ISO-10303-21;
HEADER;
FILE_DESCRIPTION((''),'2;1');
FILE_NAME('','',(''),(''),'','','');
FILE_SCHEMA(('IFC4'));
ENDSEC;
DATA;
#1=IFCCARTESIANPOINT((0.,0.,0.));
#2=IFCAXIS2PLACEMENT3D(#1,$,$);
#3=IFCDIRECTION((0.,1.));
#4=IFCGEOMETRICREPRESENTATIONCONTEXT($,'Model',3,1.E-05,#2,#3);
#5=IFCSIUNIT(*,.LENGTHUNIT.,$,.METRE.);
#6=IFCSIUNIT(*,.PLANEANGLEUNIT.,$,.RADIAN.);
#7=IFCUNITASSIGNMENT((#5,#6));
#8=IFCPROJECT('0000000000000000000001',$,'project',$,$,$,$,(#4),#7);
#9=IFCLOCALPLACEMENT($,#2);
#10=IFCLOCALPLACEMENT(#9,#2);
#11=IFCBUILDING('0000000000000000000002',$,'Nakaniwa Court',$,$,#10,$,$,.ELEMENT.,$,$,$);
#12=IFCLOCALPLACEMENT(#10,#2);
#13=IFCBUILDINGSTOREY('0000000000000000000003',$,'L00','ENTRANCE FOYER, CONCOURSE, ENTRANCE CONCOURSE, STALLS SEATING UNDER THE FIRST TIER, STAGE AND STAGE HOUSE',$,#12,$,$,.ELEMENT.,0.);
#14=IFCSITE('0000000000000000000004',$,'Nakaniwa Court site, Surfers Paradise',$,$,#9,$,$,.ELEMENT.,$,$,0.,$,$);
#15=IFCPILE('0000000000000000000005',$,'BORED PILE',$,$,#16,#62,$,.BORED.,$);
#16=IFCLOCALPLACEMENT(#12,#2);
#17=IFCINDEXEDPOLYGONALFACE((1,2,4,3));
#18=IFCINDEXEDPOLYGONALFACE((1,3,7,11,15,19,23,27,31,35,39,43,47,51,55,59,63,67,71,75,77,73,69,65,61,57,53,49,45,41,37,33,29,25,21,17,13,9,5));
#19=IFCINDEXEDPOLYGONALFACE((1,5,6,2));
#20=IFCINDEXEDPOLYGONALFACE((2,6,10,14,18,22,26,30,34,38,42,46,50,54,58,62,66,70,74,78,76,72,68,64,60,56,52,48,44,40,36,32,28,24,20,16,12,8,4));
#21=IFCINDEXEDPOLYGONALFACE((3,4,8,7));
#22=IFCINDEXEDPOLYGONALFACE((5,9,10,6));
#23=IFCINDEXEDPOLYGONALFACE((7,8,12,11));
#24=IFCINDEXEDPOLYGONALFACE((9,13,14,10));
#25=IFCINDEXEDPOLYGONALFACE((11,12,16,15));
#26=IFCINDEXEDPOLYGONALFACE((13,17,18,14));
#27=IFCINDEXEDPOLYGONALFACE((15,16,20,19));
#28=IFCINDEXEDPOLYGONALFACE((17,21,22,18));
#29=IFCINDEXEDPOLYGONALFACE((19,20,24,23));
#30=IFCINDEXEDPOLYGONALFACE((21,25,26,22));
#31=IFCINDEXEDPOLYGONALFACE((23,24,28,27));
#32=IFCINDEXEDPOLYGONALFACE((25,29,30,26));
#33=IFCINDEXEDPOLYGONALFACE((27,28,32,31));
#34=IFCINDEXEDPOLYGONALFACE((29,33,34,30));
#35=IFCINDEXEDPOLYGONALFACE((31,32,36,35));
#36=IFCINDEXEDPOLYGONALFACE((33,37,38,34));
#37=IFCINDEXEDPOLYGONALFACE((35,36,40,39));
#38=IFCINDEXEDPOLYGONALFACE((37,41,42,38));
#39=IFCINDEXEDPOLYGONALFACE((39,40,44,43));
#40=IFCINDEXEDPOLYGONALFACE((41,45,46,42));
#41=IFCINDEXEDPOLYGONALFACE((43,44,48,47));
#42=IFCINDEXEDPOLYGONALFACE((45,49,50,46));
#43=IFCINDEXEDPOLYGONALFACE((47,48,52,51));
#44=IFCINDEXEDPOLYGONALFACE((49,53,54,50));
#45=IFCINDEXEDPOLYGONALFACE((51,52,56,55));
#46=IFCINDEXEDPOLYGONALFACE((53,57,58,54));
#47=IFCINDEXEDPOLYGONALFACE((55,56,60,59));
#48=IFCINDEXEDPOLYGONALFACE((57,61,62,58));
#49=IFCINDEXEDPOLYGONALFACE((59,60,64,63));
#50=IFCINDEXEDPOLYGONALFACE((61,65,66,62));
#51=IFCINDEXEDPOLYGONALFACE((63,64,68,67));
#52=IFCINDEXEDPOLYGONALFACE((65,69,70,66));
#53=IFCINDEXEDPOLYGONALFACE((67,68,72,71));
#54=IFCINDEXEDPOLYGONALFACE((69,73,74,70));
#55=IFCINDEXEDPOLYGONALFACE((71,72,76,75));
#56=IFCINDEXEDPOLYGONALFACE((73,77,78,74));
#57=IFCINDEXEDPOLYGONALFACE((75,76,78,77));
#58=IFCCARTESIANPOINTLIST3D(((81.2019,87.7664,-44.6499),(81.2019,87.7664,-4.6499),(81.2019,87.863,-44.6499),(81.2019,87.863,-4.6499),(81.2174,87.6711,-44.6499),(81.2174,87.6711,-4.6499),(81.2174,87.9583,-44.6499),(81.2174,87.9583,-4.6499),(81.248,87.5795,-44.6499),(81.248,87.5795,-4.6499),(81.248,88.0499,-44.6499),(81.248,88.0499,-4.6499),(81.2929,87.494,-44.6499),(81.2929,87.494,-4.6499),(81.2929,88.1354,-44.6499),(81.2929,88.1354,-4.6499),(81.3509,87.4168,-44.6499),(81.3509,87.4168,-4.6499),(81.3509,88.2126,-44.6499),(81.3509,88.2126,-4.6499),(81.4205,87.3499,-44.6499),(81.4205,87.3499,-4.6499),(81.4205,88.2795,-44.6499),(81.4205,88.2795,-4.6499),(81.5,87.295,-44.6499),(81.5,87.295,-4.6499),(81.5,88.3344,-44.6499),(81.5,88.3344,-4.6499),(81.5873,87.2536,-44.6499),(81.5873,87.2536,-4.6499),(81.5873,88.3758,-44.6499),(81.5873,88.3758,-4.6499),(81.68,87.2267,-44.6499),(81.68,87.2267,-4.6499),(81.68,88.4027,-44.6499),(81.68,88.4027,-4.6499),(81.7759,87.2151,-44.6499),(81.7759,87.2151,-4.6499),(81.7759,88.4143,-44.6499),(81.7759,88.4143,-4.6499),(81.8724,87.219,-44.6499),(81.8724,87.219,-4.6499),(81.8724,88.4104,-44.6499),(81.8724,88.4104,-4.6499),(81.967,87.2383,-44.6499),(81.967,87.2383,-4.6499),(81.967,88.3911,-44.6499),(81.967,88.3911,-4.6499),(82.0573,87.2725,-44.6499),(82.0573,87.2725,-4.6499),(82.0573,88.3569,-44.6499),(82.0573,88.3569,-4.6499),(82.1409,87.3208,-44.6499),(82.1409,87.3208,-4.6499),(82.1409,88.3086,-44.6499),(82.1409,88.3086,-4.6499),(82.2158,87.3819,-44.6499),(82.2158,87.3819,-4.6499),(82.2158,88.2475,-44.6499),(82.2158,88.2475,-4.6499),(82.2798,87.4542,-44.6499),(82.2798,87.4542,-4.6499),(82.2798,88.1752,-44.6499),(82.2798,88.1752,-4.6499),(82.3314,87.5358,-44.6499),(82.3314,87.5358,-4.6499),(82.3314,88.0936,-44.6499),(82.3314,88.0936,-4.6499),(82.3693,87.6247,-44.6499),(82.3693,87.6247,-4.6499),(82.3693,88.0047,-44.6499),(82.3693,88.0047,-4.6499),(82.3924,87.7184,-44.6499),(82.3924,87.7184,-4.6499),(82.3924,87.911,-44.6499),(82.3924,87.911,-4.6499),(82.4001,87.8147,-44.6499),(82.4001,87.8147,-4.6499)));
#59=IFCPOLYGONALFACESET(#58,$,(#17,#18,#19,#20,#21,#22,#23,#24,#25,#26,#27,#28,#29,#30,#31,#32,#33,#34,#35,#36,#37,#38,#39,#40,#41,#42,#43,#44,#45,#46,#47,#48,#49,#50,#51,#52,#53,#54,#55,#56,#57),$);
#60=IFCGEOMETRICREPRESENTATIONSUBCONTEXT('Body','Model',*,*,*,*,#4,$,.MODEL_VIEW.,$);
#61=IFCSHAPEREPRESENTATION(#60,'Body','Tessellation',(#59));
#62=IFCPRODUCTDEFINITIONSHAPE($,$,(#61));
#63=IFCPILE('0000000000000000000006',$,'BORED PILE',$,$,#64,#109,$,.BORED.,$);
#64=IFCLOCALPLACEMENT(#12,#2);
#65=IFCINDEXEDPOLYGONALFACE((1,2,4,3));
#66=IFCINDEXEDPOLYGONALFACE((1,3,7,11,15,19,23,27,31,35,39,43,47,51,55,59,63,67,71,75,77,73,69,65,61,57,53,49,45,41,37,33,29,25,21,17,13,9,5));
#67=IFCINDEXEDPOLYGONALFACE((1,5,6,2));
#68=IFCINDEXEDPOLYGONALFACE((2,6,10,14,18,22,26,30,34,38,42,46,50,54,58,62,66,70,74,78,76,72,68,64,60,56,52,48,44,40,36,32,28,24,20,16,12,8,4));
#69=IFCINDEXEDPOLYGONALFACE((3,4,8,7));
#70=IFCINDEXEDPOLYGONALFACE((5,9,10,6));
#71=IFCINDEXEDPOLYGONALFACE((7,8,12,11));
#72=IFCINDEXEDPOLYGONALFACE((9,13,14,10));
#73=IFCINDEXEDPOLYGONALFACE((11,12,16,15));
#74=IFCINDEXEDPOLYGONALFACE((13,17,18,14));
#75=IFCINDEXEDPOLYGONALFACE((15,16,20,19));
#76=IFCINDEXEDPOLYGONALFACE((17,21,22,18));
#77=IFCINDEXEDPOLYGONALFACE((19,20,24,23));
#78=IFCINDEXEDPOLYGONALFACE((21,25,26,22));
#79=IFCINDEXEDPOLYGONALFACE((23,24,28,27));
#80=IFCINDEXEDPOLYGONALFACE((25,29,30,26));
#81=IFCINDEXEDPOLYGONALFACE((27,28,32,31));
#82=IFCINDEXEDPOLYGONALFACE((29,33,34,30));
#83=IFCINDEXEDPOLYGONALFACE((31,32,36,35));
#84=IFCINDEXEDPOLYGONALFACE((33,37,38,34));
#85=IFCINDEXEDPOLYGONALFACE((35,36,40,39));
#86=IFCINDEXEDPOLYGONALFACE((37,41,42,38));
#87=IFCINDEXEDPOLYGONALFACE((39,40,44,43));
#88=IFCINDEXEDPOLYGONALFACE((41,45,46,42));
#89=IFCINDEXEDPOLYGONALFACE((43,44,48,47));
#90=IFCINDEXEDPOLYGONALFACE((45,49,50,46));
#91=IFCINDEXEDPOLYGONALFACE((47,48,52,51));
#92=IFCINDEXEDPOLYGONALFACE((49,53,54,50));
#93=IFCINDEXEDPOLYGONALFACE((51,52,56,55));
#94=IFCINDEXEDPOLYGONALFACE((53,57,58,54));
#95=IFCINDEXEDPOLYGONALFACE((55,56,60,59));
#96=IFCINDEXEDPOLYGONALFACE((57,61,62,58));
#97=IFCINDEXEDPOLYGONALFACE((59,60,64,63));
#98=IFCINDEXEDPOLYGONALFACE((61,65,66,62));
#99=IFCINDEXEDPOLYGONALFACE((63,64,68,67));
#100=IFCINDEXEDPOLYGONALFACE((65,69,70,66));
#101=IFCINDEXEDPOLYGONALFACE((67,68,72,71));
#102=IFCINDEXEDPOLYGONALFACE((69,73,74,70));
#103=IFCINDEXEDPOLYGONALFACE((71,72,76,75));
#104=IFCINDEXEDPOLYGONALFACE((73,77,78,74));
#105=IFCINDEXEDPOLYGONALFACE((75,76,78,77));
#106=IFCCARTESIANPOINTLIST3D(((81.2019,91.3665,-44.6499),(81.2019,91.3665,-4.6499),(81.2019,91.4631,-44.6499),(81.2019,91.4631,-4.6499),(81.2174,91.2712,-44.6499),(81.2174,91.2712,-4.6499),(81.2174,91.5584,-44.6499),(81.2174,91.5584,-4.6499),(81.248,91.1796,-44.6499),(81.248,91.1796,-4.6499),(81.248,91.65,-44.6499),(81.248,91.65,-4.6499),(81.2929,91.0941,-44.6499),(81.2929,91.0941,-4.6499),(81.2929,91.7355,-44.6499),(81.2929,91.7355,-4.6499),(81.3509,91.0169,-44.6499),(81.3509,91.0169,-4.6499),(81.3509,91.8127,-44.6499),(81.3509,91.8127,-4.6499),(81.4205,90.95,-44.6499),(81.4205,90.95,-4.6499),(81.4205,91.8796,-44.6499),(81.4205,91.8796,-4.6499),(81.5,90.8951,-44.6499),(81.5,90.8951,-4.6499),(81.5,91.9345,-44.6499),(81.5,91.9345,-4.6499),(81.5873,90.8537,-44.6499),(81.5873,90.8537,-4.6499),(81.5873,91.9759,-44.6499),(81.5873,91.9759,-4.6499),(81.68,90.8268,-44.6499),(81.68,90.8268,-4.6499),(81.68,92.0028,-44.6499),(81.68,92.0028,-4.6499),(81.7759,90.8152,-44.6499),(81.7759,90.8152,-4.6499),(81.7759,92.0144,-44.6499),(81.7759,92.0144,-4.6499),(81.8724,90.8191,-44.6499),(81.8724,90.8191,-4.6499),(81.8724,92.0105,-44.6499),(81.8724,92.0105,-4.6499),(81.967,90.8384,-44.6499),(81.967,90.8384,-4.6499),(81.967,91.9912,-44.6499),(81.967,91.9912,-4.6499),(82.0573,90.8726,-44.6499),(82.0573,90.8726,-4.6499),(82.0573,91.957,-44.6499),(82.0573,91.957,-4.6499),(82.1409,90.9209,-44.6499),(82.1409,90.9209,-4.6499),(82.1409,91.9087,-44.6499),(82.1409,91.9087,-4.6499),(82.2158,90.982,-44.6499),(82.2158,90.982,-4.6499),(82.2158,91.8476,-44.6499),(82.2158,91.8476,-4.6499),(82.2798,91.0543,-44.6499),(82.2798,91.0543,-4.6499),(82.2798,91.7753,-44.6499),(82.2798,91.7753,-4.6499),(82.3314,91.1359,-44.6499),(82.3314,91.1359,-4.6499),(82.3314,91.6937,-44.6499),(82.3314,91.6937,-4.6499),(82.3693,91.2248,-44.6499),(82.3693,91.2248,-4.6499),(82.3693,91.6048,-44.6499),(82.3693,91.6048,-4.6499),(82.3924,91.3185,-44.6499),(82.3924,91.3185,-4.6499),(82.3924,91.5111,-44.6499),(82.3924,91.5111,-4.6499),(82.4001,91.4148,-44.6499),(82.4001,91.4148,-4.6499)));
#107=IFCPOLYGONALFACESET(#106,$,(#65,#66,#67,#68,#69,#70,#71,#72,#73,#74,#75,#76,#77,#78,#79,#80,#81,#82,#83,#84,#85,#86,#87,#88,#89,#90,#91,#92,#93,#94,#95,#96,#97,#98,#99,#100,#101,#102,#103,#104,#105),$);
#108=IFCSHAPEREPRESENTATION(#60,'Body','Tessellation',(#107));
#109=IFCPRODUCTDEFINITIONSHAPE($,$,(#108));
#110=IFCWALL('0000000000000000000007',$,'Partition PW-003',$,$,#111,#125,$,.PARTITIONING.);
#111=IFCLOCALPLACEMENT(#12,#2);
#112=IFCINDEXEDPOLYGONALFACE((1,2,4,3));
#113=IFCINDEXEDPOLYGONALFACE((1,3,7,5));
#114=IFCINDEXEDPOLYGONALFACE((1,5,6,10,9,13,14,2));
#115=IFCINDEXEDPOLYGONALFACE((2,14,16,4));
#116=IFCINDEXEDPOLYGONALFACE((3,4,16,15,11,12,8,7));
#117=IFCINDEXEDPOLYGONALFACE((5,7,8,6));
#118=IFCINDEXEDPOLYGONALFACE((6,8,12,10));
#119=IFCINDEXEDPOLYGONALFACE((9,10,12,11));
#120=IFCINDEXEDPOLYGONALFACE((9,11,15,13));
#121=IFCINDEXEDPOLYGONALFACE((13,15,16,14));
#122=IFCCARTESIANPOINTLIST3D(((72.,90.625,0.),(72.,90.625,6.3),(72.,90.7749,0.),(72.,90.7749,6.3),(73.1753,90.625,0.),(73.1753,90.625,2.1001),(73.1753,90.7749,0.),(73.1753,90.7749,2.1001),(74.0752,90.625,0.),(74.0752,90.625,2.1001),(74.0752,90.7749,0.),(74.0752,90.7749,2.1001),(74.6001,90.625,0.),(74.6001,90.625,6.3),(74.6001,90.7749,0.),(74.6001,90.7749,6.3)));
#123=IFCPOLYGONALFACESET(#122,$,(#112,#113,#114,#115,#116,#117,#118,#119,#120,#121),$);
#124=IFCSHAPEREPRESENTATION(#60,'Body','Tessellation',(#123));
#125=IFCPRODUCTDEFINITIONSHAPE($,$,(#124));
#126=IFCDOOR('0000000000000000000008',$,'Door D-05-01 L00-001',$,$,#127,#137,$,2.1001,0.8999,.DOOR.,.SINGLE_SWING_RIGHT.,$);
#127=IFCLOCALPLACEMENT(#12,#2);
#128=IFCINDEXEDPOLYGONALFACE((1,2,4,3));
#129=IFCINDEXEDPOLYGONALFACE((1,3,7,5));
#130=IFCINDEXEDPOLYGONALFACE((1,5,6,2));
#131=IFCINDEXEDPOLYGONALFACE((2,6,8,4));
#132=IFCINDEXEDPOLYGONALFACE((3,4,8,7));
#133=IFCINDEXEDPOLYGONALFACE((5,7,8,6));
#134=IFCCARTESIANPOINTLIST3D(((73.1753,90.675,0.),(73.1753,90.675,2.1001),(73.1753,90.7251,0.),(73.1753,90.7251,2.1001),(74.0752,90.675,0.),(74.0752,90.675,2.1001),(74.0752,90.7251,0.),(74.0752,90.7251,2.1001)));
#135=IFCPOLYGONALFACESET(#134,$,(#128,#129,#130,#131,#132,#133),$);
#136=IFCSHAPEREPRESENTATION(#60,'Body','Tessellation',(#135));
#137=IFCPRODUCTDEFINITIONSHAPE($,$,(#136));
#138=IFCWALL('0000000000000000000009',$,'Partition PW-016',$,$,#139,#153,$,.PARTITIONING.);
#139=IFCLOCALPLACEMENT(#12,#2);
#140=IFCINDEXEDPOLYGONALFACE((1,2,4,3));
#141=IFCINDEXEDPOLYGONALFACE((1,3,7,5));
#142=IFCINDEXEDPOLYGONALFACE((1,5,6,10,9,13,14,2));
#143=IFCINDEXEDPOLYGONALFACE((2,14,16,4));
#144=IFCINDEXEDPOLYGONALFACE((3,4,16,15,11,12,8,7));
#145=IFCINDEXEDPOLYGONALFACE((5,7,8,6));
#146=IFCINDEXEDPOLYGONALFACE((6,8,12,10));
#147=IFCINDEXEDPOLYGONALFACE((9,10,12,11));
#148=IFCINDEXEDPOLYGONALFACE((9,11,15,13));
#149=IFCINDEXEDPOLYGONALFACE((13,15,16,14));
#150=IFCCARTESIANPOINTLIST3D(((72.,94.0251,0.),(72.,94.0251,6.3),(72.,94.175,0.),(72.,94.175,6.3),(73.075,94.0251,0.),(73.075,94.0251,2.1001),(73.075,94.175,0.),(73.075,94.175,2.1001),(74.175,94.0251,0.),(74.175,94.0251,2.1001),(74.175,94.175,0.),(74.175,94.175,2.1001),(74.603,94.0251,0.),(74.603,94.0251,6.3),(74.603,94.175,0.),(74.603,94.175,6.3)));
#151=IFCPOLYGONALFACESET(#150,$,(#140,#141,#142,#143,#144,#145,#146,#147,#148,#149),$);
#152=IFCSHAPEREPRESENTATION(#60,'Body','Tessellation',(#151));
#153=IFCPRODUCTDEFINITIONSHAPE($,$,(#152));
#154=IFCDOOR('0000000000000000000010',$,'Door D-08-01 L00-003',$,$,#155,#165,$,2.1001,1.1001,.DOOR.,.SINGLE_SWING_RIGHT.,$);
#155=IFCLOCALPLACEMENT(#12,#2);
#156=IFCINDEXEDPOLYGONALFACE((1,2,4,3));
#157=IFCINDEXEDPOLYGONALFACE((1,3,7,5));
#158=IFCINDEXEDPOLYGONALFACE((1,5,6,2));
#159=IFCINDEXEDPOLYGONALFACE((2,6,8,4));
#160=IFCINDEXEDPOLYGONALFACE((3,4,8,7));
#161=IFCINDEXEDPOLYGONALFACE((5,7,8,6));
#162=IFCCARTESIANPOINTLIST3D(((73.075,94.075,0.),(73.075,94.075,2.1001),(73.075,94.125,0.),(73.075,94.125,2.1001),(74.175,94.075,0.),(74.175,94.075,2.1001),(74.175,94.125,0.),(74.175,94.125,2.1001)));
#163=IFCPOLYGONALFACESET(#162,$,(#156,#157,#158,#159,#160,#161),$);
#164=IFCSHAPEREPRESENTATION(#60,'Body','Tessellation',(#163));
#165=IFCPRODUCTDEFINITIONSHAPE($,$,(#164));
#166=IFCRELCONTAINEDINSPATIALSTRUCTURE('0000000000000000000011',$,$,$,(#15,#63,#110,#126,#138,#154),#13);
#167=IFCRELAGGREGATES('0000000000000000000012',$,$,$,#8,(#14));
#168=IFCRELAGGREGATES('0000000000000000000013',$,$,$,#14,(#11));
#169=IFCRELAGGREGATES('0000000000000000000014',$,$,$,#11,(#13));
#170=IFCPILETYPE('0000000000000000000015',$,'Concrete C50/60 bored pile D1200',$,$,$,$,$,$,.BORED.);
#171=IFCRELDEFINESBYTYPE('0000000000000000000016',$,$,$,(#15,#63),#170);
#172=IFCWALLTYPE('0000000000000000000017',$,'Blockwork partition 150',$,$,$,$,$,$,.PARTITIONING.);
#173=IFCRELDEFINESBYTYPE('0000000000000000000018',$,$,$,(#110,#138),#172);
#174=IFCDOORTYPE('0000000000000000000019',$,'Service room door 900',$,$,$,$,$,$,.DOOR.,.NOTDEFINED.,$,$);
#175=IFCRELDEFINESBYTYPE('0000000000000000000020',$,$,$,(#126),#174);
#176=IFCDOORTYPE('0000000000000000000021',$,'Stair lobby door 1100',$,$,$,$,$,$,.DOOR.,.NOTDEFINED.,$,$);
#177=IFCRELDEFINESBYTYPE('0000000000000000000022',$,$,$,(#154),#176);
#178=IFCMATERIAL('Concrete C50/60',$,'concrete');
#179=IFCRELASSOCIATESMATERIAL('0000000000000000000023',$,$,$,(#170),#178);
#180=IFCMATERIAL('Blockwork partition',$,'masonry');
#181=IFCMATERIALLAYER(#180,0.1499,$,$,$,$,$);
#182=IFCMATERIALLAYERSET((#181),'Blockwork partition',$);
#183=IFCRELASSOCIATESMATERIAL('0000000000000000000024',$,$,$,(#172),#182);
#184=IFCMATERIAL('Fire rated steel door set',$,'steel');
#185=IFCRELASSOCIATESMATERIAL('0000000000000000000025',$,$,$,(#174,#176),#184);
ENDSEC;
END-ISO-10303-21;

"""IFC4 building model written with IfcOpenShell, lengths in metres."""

from ifc_helpers import new_model, si_unit, direction, frame, frame_2d, origin, origin_2d, place, context, subcontext, project, spatial, rectangle, circle, extrude, material, layer, layer_set, material_profile, profile_set, type_object, element, fill, save


model = new_model("IFC4")

# Units and contexts
model_context = context("Model", 3, precision=1e-05, world=origin(), true_north=direction((0.0, 1.0)))
body_context = subcontext(model_context, "Body", "Model", "MODEL_VIEW")
ifc_project = project(units=[si_unit("LENGTHUNIT", "METRE"), si_unit("PLANEANGLEUNIT", "RADIAN")], contexts=[model_context])

# Site, building, storey
site_placement = place(None, origin())
site = spatial("IfcSite", under=ifc_project, at=site_placement, Name="Nakaniwa Court site, Surfers Paradise", CompositionType="ELEMENT", RefElevation=0.0)
building_placement = place(site_placement, origin())
building = spatial("IfcBuilding", under=site, at=building_placement, Name="Nakaniwa Court", CompositionType="ELEMENT")
storey_placement = place(building_placement, origin())
storey = spatial("IfcBuildingStorey", under=building, at=storey_placement, Name="L00", Description="ENTRANCE FOYER, CONCOURSE, ENTRANCE CONCOURSE, STALLS SEATING UNDER THE FIRST TIER, STAGE AND STAGE HOUSE", CompositionType="ELEMENT", Elevation=0.0)

# Piles
ifc_material_1 = material(Name="Concrete C50/60", Category="concrete")
ifc_material_profile = material_profile(ifc_material_1, circle(Radius=0.6001, at=origin_2d()), Name="Concrete C50/60 bored pile D1200")
ifc_profile_set = profile_set([ifc_material_profile], Name="Concrete C50/60")
pile_type = type_object("IfcPileType", Name="Concrete C50/60 bored pile D1200", PredefinedType="BORED", material=ifc_profile_set)
for number, where, z_axis, x_axis, name in (
    (1, (81.8, 87.8147, -4.6499), (0.0, 0.0, -1.0), (1.0, 0.0, 0.0), "BORED PILE"),
    (2, (81.8, 91.4148, -4.6499), (0.0, 0.0, -1.0), (1.0, 0.0, 0.0), "BORED PILE"),
):
    element("IfcPile", number, at=place(storey_placement, frame(where, z_axis=z_axis, x_axis=x_axis)), inside=storey, type_object=pile_type, Name=name, PredefinedType="BORED", context=body_context, shape_type="SweptSolid", body=[
        extrude(circle(Radius=0.6001, at=origin_2d()), origin(), (0.0, 0.0, 1.0), 40.0),
    ])

# Walls, openings, doors
ifc_material_2 = material(Name="Blockwork partition", Category="masonry")
ifc_layer_1 = layer(ifc_material_2, 0.1499)
ifc_layer_set_1 = layer_set([ifc_layer_1], Name="Blockwork partition")
wall_type_1 = type_object("IfcWallType", Name="Blockwork partition 150", PredefinedType="PARTITIONING", material=ifc_layer_set_1)
wall_1_placement = place(storey_placement, frame((74.6001, 90.7, 0.0), z_axis=(0.0, 0.0, 1.0), x_axis=(-1.0, 0.0, 0.0)))
wall_1 = element("IfcWall", 3, at=wall_1_placement, inside=storey, type_object=wall_type_1, Name="Partition PW-003", PredefinedType="PARTITIONING", context=body_context, shape_type="SweptSolid", body=[
    extrude(rectangle(XDim=2.6001, YDim=0.1499, at=frame_2d((1.3, 0.0))), origin(), (0.0, 0.0, 1.0), 6.3),
])
opening_1_placement = place(wall_1_placement, frame((0.5249, 0.0, 0.0)))
opening_1 = element("IfcOpeningElement", 4, at=opening_1_placement, cuts=wall_1, PredefinedType="OPENING", context=body_context, shape_type="SweptSolid", body=[
    extrude(rectangle(XDim=0.8999, YDim=2.1001, at=frame_2d((0.45, 1.05))), frame((0.0, 0.085, 0.0), z_axis=(0.0, -1.0, 0.0), x_axis=(1.0, 0.0, 0.0)), (0.0, 0.0, 1.0), 0.1699),
])
ifc_material_3 = material(Name="Fire rated steel door set", Category="steel")
door_type_1 = type_object("IfcDoorType", Name="Service room door 900", OperationType="NOTDEFINED", PredefinedType="DOOR", material=ifc_material_3)
door_1_placement = place(opening_1_placement, origin())
door_1 = element("IfcDoor", 5, at=door_1_placement, inside=storey, type_object=door_type_1, Name="Door D-05-01 L00-001", OperationType="SINGLE_SWING_RIGHT", OverallHeight=2.1001, OverallWidth=0.8999, PredefinedType="DOOR", context=body_context, shape_type="SweptSolid", body=[
    extrude(rectangle(XDim=0.8999, YDim=2.1001, at=frame_2d((0.45, 1.05))), frame((0.0, 0.0249, 0.0), z_axis=(0.0, -1.0, 0.0), x_axis=(1.0, 0.0, 0.0)), (0.0, 0.0, 1.0), 0.05),
])
fill(opening_1, door_1)
wall_2_placement = place(storey_placement, frame((72.0, 94.1001, 0.0), z_axis=(0.0, 0.0, 1.0), x_axis=(1.0, 0.0, 0.0)))
wall_2 = element("IfcWall", 6, at=wall_2_placement, inside=storey, type_object=wall_type_1, Name="Partition PW-016", PredefinedType="PARTITIONING", context=body_context, shape_type="SweptSolid", body=[
    extrude(rectangle(XDim=2.603, YDim=0.1499, at=frame_2d((1.3015, 0.0))), origin(), (0.0, 0.0, 1.0), 6.3),
])
opening_2_placement = place(wall_2_placement, frame((1.075, 0.0, 0.0)))
opening_2 = element("IfcOpeningElement", 7, at=opening_2_placement, cuts=wall_2, PredefinedType="OPENING", context=body_context, shape_type="SweptSolid", body=[
    extrude(rectangle(XDim=1.1001, YDim=2.1001, at=frame_2d((0.55, 1.05))), frame((0.0, 0.085, 0.0), z_axis=(0.0, -1.0, 0.0), x_axis=(1.0, 0.0, 0.0)), (0.0, 0.0, 1.0), 0.1699),
])
door_type_2 = type_object("IfcDoorType", Name="Stair lobby door 1100", OperationType="NOTDEFINED", PredefinedType="DOOR", material=ifc_material_3)
door_2_placement = place(opening_2_placement, origin())
door_2 = element("IfcDoor", 8, at=door_2_placement, inside=storey, type_object=door_type_2, Name="Door D-08-01 L00-003", OperationType="SINGLE_SWING_RIGHT", OverallHeight=2.1001, OverallWidth=1.1001, PredefinedType="DOOR", context=body_context, shape_type="SweptSolid", body=[
    extrude(rectangle(XDim=1.1001, YDim=2.1001, at=frame_2d((0.55, 1.05))), frame((0.0, 0.0249, 0.0), z_axis=(0.0, -1.0, 0.0), x_axis=(1.0, 0.0, 0.0)), (0.0, 0.0, 1.0), 0.05),
])
fill(opening_2, door_2)

save(model, "model.ifc")
